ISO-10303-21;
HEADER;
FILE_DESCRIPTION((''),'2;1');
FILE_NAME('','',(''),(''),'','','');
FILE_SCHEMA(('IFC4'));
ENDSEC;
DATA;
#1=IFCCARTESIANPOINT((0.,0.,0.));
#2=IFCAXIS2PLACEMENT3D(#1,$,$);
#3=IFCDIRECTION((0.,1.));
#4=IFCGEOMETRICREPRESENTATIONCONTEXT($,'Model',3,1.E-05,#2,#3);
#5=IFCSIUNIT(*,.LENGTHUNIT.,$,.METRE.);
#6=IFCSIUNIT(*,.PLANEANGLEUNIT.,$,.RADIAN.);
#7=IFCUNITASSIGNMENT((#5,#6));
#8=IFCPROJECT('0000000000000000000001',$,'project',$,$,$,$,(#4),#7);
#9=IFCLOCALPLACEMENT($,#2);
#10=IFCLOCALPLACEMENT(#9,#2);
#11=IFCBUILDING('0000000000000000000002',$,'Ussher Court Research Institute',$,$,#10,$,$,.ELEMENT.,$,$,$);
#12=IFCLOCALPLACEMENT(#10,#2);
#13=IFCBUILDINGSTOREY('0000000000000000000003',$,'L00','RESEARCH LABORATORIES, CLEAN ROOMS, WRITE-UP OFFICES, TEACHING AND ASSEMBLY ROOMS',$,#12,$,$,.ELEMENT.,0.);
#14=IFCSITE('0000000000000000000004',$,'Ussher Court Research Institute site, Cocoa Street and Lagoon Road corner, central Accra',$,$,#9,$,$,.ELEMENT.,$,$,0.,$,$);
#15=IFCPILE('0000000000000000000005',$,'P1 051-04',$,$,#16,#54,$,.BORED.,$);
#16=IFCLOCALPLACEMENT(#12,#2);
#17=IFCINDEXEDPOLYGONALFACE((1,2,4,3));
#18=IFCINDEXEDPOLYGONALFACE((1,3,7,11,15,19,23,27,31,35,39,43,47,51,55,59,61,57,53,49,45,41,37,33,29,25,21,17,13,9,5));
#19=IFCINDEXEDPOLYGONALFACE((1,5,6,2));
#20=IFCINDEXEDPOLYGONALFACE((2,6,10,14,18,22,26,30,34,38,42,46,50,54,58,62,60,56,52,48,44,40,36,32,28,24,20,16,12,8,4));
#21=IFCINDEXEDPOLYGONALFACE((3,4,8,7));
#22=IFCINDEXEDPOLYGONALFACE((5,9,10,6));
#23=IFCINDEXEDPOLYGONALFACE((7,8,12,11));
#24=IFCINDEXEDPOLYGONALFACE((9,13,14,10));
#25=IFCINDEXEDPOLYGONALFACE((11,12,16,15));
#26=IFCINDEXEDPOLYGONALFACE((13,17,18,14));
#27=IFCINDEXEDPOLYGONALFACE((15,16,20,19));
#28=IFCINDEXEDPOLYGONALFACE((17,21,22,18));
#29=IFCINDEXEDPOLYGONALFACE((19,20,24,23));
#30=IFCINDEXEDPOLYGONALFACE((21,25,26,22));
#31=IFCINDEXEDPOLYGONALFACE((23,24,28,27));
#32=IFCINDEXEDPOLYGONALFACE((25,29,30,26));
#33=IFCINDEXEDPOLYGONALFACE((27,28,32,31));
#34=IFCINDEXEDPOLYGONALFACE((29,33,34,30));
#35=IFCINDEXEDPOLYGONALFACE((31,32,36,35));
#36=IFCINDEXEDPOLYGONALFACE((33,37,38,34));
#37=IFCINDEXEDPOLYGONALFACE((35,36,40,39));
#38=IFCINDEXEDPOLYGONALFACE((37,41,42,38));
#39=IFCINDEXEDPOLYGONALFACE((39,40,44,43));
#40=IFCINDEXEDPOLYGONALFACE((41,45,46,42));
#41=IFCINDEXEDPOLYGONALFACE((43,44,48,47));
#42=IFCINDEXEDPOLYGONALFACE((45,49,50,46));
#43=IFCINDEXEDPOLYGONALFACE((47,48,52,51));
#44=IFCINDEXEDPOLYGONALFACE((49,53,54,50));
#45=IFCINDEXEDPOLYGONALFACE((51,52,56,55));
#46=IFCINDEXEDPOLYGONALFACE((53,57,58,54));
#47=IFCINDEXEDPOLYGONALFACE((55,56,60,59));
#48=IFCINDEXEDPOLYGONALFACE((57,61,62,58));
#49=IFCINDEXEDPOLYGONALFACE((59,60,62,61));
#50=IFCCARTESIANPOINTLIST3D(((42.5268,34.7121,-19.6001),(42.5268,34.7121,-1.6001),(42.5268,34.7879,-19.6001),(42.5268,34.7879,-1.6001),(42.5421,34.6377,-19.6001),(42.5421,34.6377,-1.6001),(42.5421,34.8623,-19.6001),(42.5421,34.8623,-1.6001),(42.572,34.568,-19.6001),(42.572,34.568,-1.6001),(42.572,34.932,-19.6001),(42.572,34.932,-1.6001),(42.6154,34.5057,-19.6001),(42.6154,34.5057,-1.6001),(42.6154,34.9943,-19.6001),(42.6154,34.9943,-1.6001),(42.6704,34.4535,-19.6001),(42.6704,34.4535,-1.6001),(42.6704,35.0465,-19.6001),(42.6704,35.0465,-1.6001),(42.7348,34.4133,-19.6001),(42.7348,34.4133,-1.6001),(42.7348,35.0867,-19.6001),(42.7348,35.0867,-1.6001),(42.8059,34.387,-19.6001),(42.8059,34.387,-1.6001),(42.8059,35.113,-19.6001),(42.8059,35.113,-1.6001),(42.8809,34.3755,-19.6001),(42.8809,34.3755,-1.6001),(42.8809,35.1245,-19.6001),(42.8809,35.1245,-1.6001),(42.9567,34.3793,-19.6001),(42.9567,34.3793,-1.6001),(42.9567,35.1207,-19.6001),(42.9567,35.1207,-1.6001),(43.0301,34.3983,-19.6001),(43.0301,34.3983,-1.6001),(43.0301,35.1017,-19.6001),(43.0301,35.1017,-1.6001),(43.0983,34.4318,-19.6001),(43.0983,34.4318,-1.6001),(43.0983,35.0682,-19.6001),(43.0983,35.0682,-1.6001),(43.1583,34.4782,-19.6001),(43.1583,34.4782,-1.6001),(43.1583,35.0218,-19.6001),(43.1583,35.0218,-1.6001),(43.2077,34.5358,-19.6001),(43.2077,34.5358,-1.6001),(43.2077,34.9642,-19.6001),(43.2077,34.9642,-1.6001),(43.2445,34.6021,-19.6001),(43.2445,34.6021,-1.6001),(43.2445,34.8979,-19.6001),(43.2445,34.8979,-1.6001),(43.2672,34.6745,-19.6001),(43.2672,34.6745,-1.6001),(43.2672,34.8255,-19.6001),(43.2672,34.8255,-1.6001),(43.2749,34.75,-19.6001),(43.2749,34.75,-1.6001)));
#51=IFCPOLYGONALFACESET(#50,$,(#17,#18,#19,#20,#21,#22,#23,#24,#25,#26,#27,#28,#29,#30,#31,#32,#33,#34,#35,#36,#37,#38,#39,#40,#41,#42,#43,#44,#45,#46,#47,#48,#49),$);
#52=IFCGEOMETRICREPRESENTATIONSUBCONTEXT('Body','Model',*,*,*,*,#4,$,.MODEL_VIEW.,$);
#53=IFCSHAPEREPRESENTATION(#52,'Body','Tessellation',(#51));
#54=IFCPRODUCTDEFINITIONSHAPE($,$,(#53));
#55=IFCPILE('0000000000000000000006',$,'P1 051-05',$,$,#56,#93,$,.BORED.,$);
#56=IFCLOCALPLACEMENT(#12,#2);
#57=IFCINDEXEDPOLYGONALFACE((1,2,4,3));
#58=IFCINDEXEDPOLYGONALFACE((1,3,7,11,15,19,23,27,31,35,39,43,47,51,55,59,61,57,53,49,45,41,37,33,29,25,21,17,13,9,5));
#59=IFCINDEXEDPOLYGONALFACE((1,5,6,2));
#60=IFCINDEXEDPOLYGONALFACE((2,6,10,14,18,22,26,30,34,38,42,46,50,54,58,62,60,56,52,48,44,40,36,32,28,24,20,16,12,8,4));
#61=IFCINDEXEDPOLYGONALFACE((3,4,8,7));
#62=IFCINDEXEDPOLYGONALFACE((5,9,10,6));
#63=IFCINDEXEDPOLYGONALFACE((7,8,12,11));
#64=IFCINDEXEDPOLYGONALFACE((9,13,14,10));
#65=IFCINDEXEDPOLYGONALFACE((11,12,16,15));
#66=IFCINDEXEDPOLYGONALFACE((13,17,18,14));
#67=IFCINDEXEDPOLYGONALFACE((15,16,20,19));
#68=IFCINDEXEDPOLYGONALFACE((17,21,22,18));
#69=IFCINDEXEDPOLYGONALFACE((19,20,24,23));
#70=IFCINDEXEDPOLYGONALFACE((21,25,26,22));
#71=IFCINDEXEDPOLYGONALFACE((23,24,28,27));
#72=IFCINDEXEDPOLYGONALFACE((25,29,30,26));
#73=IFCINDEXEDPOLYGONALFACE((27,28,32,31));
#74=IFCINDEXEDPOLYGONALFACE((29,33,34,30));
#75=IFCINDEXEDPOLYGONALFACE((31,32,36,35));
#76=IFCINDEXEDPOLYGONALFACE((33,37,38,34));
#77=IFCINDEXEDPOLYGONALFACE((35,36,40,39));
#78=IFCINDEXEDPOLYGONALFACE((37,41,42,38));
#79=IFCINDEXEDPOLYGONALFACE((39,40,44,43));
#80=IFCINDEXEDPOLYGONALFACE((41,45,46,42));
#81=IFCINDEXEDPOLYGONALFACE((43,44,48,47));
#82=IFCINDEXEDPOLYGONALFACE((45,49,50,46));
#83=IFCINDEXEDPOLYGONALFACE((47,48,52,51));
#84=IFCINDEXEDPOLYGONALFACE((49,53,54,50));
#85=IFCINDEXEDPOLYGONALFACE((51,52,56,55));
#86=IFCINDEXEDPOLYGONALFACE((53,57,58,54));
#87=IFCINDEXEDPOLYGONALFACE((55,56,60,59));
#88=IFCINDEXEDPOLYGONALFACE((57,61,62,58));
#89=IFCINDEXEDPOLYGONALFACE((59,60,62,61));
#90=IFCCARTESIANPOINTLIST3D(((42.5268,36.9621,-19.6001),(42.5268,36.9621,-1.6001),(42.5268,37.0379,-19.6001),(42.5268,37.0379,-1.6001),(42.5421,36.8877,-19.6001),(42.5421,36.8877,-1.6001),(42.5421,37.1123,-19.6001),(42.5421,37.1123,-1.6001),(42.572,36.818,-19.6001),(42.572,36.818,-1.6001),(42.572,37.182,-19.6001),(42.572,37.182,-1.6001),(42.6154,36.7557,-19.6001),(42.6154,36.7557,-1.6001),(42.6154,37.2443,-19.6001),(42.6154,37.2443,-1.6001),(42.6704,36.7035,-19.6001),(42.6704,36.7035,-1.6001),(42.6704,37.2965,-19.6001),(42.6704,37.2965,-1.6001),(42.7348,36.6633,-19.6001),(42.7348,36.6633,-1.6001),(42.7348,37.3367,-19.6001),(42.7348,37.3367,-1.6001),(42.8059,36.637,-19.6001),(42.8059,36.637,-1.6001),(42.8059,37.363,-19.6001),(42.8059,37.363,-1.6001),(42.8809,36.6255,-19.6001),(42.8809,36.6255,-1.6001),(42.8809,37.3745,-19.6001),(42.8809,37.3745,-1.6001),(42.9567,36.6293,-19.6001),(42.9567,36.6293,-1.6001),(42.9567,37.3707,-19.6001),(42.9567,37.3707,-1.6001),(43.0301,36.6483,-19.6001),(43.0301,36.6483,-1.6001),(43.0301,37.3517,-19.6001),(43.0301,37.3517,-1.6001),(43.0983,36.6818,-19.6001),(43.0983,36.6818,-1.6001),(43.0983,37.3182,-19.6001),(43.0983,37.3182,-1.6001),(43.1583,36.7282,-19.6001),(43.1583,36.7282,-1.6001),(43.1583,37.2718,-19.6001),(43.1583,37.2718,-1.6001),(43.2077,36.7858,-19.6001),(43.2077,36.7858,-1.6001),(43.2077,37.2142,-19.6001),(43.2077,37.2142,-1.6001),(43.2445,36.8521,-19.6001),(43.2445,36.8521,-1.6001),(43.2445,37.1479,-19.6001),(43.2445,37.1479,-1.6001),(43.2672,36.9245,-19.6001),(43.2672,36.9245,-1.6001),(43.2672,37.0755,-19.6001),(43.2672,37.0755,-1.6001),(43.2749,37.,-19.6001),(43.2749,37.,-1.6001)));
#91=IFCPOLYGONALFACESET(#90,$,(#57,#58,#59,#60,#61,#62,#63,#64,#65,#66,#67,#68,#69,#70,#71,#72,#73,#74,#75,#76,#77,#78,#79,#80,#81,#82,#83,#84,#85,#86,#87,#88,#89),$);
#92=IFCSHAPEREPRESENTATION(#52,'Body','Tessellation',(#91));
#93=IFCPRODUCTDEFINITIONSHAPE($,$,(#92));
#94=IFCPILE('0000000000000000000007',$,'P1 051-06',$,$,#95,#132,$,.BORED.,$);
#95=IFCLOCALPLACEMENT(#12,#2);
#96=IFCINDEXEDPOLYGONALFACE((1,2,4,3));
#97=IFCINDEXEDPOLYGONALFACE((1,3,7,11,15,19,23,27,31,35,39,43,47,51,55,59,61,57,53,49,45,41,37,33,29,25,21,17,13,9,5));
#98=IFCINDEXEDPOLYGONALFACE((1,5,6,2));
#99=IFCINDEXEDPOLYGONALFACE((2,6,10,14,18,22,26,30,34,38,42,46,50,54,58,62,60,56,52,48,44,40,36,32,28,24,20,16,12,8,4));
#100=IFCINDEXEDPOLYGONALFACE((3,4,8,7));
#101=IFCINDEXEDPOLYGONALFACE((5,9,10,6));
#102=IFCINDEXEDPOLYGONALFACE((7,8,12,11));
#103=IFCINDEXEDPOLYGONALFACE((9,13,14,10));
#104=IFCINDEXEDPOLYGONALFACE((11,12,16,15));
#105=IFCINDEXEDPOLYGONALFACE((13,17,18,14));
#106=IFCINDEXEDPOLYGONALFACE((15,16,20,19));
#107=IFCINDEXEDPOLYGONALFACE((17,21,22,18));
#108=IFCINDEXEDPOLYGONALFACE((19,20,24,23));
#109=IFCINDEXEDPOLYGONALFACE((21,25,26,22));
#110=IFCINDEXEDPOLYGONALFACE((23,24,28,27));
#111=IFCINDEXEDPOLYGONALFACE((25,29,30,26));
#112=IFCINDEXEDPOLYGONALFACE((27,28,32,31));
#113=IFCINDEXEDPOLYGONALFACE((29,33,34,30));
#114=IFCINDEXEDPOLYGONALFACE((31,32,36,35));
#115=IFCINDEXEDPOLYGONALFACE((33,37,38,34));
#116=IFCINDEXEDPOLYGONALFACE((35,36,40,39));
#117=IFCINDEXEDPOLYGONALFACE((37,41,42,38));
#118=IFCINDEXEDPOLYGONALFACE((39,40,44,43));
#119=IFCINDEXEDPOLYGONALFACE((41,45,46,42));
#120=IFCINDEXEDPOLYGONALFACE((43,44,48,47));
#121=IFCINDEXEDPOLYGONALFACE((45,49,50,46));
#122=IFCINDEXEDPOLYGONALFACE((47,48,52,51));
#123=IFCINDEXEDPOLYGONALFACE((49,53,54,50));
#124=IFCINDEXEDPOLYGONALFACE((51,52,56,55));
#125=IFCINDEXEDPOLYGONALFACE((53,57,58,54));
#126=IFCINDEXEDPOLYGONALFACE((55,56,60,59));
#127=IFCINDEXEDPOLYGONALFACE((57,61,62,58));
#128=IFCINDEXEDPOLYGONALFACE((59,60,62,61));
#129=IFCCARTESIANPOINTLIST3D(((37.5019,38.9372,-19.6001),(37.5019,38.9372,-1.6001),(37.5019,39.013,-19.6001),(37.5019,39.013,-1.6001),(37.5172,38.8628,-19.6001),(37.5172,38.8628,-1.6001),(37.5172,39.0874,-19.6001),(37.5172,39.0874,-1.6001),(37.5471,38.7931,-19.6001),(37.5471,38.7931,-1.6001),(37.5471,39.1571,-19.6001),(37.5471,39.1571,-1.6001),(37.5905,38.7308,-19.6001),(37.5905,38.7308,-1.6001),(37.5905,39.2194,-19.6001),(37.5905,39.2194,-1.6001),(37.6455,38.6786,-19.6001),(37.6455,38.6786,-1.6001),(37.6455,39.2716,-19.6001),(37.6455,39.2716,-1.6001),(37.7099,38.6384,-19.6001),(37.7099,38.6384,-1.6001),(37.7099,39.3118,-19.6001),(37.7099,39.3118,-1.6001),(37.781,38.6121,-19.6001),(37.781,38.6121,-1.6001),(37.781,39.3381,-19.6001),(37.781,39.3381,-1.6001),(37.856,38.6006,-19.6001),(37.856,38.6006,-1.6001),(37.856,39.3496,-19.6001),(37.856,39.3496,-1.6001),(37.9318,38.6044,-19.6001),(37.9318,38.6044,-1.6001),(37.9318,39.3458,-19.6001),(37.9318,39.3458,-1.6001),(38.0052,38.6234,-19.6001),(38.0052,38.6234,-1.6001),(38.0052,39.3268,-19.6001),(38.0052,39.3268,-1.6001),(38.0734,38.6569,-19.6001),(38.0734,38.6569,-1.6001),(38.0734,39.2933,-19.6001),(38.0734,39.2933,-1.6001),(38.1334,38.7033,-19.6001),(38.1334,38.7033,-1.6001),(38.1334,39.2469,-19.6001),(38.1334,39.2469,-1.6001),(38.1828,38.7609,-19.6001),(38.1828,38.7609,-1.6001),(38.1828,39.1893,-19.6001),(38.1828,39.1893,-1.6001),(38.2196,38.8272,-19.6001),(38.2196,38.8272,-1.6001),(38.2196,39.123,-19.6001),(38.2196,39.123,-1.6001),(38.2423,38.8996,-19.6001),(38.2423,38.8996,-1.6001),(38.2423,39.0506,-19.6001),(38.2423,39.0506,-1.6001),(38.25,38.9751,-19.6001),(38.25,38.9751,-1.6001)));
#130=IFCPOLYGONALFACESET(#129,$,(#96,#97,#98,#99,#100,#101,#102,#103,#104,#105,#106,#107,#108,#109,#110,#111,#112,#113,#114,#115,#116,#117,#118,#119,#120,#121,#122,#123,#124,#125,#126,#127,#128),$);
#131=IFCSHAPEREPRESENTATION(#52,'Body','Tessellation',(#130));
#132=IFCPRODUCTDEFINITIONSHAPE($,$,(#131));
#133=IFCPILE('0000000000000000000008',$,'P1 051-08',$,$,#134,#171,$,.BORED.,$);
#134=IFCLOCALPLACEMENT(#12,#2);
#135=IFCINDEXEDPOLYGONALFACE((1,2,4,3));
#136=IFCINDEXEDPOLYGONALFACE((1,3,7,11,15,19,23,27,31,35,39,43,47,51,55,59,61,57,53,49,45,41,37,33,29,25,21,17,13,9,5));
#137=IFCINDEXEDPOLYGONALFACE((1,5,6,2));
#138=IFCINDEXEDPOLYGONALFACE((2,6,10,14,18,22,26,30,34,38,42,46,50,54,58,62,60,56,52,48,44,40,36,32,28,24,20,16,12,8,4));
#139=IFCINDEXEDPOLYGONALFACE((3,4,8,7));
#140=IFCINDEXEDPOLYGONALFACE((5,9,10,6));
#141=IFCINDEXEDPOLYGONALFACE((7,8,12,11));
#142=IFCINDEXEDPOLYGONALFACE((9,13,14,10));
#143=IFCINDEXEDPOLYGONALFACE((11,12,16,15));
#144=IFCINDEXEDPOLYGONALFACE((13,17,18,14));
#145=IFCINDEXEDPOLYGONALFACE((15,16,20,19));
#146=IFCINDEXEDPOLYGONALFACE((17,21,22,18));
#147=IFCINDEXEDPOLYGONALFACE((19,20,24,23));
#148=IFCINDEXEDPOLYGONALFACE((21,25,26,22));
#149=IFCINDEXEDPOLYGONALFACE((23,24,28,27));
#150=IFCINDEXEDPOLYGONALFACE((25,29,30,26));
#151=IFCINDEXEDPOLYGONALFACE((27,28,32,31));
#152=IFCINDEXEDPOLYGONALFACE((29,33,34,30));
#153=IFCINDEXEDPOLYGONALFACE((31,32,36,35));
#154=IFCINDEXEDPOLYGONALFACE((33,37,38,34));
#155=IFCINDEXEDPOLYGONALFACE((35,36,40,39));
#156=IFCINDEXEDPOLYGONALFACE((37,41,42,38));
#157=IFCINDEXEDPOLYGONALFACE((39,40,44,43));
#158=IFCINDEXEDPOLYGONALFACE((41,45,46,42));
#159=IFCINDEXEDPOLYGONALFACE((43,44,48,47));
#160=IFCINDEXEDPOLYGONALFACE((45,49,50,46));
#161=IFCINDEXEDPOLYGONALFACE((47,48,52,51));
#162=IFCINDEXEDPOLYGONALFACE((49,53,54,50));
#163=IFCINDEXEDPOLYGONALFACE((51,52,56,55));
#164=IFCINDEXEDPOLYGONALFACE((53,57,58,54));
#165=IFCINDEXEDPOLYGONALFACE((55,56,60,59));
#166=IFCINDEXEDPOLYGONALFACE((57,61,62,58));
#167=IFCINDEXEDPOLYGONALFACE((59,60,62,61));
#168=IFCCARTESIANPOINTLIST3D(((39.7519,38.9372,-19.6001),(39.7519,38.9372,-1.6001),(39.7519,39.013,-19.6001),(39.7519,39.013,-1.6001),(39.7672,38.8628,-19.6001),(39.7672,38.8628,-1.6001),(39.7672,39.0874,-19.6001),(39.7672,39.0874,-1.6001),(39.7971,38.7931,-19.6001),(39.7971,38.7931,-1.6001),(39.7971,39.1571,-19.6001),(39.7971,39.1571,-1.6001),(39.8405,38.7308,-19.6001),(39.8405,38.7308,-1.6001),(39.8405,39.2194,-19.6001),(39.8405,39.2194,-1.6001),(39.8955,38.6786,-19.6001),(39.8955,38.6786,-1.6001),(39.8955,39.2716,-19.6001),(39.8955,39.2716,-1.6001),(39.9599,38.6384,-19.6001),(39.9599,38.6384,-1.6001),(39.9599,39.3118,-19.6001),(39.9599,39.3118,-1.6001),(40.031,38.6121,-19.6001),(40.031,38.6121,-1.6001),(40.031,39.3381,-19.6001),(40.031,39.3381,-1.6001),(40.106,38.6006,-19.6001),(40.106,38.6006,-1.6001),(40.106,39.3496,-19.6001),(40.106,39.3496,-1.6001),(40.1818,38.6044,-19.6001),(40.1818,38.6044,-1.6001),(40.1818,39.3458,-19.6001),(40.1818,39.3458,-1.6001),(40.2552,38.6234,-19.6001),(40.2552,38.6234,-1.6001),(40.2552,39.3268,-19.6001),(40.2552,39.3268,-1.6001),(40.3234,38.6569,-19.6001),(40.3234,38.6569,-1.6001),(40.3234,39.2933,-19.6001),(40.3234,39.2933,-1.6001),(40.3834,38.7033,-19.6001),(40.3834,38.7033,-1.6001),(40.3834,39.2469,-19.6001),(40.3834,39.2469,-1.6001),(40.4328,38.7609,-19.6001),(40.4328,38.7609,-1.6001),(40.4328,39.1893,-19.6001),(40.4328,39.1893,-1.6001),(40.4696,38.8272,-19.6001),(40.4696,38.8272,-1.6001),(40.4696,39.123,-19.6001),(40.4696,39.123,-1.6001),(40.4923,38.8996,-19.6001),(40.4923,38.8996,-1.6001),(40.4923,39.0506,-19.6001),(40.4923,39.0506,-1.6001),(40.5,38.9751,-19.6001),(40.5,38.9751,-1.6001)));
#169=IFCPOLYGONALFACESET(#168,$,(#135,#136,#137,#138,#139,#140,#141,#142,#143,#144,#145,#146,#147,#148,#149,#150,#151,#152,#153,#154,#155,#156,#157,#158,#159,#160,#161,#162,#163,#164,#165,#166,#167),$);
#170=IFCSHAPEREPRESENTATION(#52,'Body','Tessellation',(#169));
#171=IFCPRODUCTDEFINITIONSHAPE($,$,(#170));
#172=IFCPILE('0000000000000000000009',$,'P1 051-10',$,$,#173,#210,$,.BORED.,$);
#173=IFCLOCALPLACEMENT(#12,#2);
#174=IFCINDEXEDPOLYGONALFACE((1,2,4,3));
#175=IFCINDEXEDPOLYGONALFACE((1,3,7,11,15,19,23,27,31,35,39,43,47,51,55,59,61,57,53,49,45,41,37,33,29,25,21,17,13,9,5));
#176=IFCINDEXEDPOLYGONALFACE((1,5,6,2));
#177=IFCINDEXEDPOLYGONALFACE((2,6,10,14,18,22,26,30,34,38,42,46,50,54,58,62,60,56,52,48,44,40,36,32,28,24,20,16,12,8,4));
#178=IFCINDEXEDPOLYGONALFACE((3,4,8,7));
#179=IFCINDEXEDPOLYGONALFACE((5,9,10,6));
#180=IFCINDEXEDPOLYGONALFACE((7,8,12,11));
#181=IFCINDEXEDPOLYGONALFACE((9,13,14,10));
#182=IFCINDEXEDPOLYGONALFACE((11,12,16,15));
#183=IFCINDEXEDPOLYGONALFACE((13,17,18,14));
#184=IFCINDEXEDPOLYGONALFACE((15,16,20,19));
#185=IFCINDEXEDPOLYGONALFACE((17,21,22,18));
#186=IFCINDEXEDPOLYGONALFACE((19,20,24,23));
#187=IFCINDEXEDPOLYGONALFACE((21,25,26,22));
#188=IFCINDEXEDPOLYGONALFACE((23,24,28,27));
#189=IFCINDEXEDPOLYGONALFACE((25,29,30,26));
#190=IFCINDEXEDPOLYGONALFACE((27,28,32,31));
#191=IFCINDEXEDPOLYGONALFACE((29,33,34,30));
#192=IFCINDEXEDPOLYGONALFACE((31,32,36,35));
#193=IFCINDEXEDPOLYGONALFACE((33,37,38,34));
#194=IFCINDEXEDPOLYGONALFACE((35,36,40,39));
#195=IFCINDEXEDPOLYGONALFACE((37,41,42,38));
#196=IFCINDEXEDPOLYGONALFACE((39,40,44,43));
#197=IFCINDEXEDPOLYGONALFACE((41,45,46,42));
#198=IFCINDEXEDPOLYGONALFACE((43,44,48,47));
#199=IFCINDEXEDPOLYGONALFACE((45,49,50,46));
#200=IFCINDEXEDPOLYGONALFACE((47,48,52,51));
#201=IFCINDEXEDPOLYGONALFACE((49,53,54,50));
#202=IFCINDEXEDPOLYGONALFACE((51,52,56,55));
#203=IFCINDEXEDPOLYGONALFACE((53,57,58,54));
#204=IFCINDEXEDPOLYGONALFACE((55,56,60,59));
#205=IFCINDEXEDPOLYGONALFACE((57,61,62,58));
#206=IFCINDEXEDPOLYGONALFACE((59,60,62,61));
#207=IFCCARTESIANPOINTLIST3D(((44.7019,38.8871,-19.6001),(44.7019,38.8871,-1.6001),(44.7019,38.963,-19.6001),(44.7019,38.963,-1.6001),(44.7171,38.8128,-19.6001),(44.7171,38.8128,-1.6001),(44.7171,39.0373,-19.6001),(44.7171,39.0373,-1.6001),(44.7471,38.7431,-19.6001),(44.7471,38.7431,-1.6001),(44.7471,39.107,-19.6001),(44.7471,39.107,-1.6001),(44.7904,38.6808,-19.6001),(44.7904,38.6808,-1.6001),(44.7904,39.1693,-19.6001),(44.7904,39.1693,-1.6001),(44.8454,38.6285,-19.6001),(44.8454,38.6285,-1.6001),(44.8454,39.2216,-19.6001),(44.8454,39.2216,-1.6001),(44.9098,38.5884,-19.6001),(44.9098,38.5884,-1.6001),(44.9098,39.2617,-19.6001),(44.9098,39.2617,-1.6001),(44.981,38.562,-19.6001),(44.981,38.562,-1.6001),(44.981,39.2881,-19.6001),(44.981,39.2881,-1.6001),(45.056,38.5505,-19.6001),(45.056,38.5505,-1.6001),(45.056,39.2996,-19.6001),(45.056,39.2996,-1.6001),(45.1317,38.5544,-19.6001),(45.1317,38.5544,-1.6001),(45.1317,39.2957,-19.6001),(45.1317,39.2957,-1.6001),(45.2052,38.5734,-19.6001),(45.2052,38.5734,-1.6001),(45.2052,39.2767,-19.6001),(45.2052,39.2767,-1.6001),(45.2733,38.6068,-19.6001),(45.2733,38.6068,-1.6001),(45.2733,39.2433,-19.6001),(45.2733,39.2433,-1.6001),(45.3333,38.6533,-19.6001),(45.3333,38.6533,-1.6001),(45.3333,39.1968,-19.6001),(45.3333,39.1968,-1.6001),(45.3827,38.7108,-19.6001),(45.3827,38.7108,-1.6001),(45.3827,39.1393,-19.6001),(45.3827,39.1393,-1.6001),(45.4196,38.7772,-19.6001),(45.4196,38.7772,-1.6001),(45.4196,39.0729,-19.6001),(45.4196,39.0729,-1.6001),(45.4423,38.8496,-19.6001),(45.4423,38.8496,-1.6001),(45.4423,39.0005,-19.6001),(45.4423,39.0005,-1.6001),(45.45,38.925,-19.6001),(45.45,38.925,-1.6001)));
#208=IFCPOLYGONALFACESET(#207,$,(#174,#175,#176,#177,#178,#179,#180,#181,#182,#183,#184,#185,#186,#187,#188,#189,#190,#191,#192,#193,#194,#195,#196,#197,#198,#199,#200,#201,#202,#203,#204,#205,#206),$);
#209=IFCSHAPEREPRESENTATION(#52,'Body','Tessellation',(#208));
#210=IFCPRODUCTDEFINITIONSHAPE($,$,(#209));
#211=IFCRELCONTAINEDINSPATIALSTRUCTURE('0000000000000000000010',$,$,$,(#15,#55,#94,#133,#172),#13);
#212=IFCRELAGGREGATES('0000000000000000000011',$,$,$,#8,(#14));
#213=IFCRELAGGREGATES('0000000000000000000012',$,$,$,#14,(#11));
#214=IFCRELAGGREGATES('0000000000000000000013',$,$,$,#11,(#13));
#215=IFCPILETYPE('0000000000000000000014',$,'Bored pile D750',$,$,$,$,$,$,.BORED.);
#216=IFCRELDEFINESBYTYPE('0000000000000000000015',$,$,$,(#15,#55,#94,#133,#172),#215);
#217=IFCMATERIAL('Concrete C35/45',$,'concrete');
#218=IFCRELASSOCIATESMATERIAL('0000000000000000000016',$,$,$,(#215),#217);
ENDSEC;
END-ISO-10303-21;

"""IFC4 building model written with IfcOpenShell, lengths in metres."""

from ifc_helpers import new_model, si_unit, direction, frame, origin, origin_2d, place, context, subcontext, project, spatial, circle, extrude, material, material_profile, profile_set, type_object, element, save


model = new_model("IFC4")

# Units and contexts
model_context = context("Model", 3, precision=1e-05, world=origin(), true_north=direction((0.0, 1.0)))
body_context = subcontext(model_context, "Body", "Model", "MODEL_VIEW")
ifc_project = project(units=[si_unit("LENGTHUNIT", "METRE"), si_unit("PLANEANGLEUNIT", "RADIAN")], contexts=[model_context])

# Site, building, storey
site_placement = place(None, origin())
site = spatial("IfcSite", under=ifc_project, at=site_placement, Name="Ussher Court Research Institute site, Cocoa Street and Lagoon Road corner, central Accra", CompositionType="ELEMENT", RefElevation=0.0)
building_placement = place(site_placement, origin())
building = spatial("IfcBuilding", under=site, at=building_placement, Name="Ussher Court Research Institute", CompositionType="ELEMENT")
storey_placement = place(building_placement, origin())
storey = spatial("IfcBuildingStorey", under=building, at=storey_placement, Name="L00", Description="RESEARCH LABORATORIES, CLEAN ROOMS, WRITE-UP OFFICES, TEACHING AND ASSEMBLY ROOMS", CompositionType="ELEMENT", Elevation=0.0)

# Piles
ifc_material_1 = material(Name="Concrete C35/45", Category="concrete")
ifc_material_profile_1 = material_profile(ifc_material_1, circle(Radius=0.375, at=origin_2d()), Name="RC D750")
ifc_profile_set_1 = profile_set([ifc_material_profile_1], Name="Concrete C35/45")
pile_type = type_object("IfcPileType", Name="Bored pile D750", PredefinedType="BORED", material=ifc_profile_set_1)
for number, where, z_axis, x_axis, name in (
    (1, (42.8999, 34.75, -1.6001), (0.0, 0.0, -1.0), (1.0, 0.0, 0.0), "P1 051-04"),
    (2, (42.8999, 37.0, -1.6001), (0.0, 0.0, -1.0), (1.0, 0.0, 0.0), "P1 051-05"),
    (3, (37.875, 38.9751, -1.6001), (0.0, 0.0, -1.0), (1.0, 0.0, 0.0), "P1 051-06"),
    (4, (40.125, 38.9751, -1.6001), (0.0, 0.0, -1.0), (1.0, 0.0, 0.0), "P1 051-08"),
    (5, (45.075, 38.925, -1.6001), (0.0, 0.0, -1.0), (1.0, 0.0, 0.0), "P1 051-10"),
):
    element("IfcPile", number, at=place(storey_placement, frame(where, z_axis=z_axis, x_axis=x_axis)), inside=storey, type_object=pile_type, Name=name, PredefinedType="BORED", context=body_context, shape_type="SweptSolid", body=[
        extrude(circle(Radius=0.375, at=origin_2d()), origin(), (0.0, 0.0, 1.0), 18.0),
    ])

save(model, "model.ifc")
